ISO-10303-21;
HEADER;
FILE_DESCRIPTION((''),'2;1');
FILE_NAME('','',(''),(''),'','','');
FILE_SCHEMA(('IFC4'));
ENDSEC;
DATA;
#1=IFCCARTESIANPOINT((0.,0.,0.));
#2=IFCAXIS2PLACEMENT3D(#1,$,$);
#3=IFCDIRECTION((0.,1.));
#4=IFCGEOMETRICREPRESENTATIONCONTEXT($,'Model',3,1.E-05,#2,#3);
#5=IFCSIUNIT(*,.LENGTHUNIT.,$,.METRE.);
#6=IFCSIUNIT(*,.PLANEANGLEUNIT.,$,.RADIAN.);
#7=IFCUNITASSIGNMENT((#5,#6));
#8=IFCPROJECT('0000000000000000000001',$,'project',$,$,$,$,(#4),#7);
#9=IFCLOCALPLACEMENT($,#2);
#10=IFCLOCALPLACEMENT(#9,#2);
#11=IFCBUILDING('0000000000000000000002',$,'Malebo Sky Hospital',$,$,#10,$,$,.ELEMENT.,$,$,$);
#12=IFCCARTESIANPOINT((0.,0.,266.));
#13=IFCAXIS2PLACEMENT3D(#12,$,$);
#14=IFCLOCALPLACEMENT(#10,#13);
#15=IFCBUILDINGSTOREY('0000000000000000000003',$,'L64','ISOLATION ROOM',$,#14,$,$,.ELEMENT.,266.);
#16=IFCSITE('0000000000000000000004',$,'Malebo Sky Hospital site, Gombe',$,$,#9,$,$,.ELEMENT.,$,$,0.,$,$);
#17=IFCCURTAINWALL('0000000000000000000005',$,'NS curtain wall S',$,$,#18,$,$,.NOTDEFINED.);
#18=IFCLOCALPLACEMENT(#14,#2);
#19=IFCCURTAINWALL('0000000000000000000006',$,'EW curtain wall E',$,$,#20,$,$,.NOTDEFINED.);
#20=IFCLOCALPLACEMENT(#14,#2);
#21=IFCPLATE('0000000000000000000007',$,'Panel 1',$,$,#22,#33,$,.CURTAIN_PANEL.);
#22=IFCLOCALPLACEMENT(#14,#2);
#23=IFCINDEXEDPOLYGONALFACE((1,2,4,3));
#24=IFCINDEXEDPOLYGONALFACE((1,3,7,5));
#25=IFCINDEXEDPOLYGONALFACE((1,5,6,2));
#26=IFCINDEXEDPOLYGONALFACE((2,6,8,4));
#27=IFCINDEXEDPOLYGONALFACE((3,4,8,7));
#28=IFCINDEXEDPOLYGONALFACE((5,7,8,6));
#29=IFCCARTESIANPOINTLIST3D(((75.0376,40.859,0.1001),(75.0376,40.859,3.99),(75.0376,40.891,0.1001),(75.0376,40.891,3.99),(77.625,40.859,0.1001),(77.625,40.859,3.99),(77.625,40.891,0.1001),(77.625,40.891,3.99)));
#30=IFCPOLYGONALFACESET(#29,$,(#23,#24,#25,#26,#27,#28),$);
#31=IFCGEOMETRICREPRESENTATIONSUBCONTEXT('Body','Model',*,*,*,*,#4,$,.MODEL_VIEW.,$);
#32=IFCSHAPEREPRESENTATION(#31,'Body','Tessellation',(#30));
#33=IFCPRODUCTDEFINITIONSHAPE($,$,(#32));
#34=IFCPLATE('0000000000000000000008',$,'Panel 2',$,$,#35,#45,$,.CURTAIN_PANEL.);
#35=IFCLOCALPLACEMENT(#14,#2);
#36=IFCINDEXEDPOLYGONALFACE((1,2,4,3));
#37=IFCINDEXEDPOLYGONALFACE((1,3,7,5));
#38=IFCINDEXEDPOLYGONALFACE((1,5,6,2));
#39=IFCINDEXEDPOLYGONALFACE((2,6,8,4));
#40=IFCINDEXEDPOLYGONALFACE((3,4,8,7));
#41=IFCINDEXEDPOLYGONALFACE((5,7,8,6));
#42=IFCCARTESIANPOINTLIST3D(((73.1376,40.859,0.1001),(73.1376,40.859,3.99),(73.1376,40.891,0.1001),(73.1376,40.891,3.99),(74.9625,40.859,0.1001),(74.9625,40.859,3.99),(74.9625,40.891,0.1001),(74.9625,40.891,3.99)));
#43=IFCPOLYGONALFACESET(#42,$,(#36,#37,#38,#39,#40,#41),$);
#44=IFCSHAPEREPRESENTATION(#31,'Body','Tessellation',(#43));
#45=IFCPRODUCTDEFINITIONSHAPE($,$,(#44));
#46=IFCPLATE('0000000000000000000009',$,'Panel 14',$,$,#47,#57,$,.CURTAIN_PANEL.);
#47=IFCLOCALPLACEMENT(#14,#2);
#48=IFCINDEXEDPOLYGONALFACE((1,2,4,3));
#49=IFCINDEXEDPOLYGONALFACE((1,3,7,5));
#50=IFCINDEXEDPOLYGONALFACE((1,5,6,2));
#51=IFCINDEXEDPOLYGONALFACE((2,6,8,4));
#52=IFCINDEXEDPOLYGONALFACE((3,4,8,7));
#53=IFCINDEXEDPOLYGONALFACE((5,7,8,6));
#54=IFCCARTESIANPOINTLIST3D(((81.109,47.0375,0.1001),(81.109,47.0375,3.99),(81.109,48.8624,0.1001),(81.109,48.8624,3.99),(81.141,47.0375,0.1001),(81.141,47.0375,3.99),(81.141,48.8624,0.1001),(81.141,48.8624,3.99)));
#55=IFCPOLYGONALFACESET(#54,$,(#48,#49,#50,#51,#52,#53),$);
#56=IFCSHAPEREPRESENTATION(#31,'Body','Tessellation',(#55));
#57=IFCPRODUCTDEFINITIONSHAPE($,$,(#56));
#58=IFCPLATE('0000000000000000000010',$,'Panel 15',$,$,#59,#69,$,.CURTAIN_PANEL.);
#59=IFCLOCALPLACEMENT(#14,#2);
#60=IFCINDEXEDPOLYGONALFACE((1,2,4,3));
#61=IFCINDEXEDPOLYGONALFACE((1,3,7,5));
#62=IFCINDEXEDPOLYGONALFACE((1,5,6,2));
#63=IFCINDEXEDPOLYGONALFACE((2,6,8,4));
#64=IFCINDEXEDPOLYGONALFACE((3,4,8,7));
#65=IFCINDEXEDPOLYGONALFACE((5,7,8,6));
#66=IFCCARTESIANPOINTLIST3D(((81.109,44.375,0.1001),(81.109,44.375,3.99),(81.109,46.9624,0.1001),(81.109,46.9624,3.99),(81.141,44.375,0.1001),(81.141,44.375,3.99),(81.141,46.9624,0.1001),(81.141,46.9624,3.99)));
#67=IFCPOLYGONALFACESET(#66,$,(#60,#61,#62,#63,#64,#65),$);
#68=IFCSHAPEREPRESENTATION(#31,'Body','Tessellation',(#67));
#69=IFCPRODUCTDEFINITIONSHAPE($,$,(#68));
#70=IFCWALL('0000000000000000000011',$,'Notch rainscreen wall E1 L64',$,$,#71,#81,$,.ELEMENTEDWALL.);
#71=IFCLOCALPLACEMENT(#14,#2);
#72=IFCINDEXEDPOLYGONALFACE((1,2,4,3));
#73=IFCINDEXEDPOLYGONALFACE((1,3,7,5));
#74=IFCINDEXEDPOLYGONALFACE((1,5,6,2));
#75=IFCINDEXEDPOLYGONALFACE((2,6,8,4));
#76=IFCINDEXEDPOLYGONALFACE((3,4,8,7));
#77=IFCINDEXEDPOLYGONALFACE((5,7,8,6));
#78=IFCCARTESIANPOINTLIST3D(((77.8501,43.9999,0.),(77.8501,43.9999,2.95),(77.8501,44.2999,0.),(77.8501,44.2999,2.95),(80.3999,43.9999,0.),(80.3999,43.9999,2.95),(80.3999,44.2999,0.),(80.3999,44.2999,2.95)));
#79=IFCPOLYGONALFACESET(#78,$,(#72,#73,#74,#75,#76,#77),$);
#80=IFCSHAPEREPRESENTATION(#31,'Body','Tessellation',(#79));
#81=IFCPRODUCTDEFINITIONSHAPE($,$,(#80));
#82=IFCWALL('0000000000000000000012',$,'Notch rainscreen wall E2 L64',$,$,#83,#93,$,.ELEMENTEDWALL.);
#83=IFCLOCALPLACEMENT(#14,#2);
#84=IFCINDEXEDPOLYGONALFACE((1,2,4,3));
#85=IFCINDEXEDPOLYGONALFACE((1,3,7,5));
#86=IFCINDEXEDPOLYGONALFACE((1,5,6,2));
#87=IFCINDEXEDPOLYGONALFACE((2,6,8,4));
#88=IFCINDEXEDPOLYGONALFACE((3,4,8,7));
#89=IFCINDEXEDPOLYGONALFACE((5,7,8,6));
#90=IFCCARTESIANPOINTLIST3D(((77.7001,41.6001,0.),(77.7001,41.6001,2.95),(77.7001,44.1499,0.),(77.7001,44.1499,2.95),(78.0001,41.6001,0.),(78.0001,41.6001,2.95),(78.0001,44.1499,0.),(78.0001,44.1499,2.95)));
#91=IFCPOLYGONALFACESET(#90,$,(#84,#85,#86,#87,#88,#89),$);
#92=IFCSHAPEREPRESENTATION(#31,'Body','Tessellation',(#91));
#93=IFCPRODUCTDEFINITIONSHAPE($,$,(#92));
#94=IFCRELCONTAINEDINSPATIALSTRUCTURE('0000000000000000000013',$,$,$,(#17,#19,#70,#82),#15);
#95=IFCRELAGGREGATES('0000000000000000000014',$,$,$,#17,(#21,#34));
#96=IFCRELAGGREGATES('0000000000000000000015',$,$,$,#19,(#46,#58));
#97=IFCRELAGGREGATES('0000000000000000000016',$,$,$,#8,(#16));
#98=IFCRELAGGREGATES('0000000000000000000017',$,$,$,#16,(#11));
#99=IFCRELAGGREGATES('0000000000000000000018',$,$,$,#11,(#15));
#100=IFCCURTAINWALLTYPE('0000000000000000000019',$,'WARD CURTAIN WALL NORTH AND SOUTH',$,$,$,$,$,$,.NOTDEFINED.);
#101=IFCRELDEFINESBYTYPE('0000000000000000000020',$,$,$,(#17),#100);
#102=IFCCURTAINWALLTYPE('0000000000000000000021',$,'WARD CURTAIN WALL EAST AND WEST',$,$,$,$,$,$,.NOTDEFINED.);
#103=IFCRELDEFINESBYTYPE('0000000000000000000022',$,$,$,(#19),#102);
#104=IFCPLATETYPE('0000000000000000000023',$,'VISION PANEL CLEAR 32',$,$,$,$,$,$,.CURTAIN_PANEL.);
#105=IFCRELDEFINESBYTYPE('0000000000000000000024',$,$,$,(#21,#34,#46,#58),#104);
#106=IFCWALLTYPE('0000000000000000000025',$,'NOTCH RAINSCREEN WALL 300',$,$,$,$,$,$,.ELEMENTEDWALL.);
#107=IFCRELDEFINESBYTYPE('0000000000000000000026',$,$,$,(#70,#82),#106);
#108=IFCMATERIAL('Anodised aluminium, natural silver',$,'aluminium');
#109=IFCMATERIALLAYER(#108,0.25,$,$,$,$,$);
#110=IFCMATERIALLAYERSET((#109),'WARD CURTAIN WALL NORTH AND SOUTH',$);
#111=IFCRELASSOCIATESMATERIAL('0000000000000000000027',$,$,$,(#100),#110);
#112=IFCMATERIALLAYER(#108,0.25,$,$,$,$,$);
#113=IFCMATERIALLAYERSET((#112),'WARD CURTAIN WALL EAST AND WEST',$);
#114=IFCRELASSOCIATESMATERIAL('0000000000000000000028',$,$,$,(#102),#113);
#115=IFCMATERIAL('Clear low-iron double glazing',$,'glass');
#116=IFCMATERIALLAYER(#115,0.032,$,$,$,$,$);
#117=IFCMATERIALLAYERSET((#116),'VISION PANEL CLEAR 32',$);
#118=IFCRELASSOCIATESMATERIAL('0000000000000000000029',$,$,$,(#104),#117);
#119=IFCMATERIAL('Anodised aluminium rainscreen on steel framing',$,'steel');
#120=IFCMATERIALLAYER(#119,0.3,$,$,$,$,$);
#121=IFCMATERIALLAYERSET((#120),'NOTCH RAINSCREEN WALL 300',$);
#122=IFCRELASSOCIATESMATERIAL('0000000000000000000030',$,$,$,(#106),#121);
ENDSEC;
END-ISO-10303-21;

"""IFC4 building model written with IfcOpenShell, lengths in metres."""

from ifc_helpers import new_model, si_unit, direction, frame, frame_2d, origin, origin_2d, place, context, subcontext, project, spatial, rectangle, extrude, material, layer, layer_set, type_object, element, aggregate, save


model = new_model("IFC4")

# Units and contexts
model_context = context("Model", 3, precision=1e-05, world=origin(), true_north=direction((0.0, 1.0)))
body_context = subcontext(model_context, "Body", "Model", "MODEL_VIEW")
ifc_project = project(units=[si_unit("LENGTHUNIT", "METRE"), si_unit("PLANEANGLEUNIT", "RADIAN")], contexts=[model_context])

# Site, building, storey
site_placement = place(None, origin())
site = spatial("IfcSite", under=ifc_project, at=site_placement, Name="Malebo Sky Hospital site, Gombe", CompositionType="ELEMENT", RefElevation=0.0)
building_placement = place(site_placement, origin())
building = spatial("IfcBuilding", under=site, at=building_placement, Name="Malebo Sky Hospital", CompositionType="ELEMENT")
storey_placement = place(building_placement, frame((0.0, 0.0, 266.0)))
storey = spatial("IfcBuildingStorey", under=building, at=storey_placement, Name="L64", Description="ISOLATION ROOM", CompositionType="ELEMENT", Elevation=266.0)

# Curtain wall
ifc_material_1 = material(Name="Anodised aluminium, natural silver", Category="aluminium")
ifc_layer_1 = layer(ifc_material_1, 0.25)
ifc_layer_set_1 = layer_set([ifc_layer_1], Name="WARD CURTAIN WALL NORTH AND SOUTH")
curtain_wall_type_1 = type_object("IfcCurtainWallType", Name="WARD CURTAIN WALL NORTH AND SOUTH", PredefinedType="NOTDEFINED", material=ifc_layer_set_1)
curtain_wall_1_placement = place(storey_placement, origin())
curtain_wall_1 = element("IfcCurtainWall", 1, at=curtain_wall_1_placement, inside=storey, type_object=curtain_wall_type_1, Name="NS curtain wall S", PredefinedType="NOTDEFINED")

# Curtain wall
ifc_layer_2 = layer(ifc_material_1, 0.25)
ifc_layer_set_2 = layer_set([ifc_layer_2], Name="WARD CURTAIN WALL EAST AND WEST")
curtain_wall_type_2 = type_object("IfcCurtainWallType", Name="WARD CURTAIN WALL EAST AND WEST", PredefinedType="NOTDEFINED", material=ifc_layer_set_2)
curtain_wall_2_placement = place(storey_placement, origin())
curtain_wall_2 = element("IfcCurtainWall", 2, at=curtain_wall_2_placement, inside=storey, type_object=curtain_wall_type_2, Name="EW curtain wall E", PredefinedType="NOTDEFINED")

# Plates
ifc_material_2 = material(Name="Clear low-iron double glazing", Category="glass")
ifc_layer_3 = layer(ifc_material_2, 0.032)
ifc_layer_set_3 = layer_set([ifc_layer_3], Name="VISION PANEL CLEAR 32")
plate_type = type_object("IfcPlateType", Name="VISION PANEL CLEAR 32", PredefinedType="CURTAIN_PANEL", material=ifc_layer_set_3)
plate_1_placement = place(storey_placement, frame((76.3313, 40.875, 0.1001), z_axis=(0.0, 0.0, 1.0), x_axis=(-1.0, 0.0, 0.0)))
plate_1 = element("IfcPlate", 3, at=plate_1_placement, type_object=plate_type, Name="Panel 1", PredefinedType="CURTAIN_PANEL", context=body_context, shape_type="SweptSolid", body=[
    extrude(rectangle(XDim=2.5874, YDim=0.032, at=origin_2d()), origin(), (0.0, 0.0, 1.0), 3.8899),
])
plate_2_placement = place(storey_placement, frame((74.05, 40.875, 0.1001), z_axis=(0.0, 0.0, 1.0), x_axis=(-1.0, 0.0, 0.0)))
plate_2 = element("IfcPlate", 4, at=plate_2_placement, type_object=plate_type, Name="Panel 2", PredefinedType="CURTAIN_PANEL", context=body_context, shape_type="SweptSolid", body=[
    extrude(rectangle(XDim=1.825, YDim=0.032, at=origin_2d()), origin(), (0.0, 0.0, 1.0), 3.8899),
])
aggregate(curtain_wall_1, [plate_1, plate_2])
plate_3_placement = place(storey_placement, frame((81.125, 47.95, 0.1001), z_axis=(0.0, 0.0, 1.0), x_axis=(0.0, -1.0, 0.0)))
plate_3 = element("IfcPlate", 5, at=plate_3_placement, type_object=plate_type, Name="Panel 14", PredefinedType="CURTAIN_PANEL", context=body_context, shape_type="SweptSolid", body=[
    extrude(rectangle(XDim=1.825, YDim=0.032, at=origin_2d()), origin(), (0.0, 0.0, 1.0), 3.8899),
])
plate_4_placement = place(storey_placement, frame((81.125, 45.6687, 0.1001), z_axis=(0.0, 0.0, 1.0), x_axis=(0.0, -1.0, 0.0)))
plate_4 = element("IfcPlate", 6, at=plate_4_placement, type_object=plate_type, Name="Panel 15", PredefinedType="CURTAIN_PANEL", context=body_context, shape_type="SweptSolid", body=[
    extrude(rectangle(XDim=2.5874, YDim=0.032, at=origin_2d()), origin(), (0.0, 0.0, 1.0), 3.8899),
])
aggregate(curtain_wall_2, [plate_3, plate_4])

# Walls
ifc_material_3 = material(Name="Anodised aluminium rainscreen on steel framing", Category="steel")
ifc_layer_4 = layer(ifc_material_3, 0.3)
ifc_layer_set_4 = layer_set([ifc_layer_4], Name="NOTCH RAINSCREEN WALL 300")
wall_type = type_object("IfcWallType", Name="NOTCH RAINSCREEN WALL 300", PredefinedType="ELEMENTEDWALL", material=ifc_layer_set_4)
for number, where, z_axis, x_axis, name in (
    (7, (80.3999, 44.1499, 0.0), (0.0, 0.0, 1.0), (-1.0, 0.0, 0.0), "Notch rainscreen wall E1 L64"),
    (8, (77.8501, 44.1499, 0.0), (0.0, 0.0, 1.0), (0.0, -1.0, 0.0), "Notch rainscreen wall E2 L64"),
):
    element("IfcWall", number, at=place(storey_placement, frame(where, z_axis=z_axis, x_axis=x_axis)), inside=storey, type_object=wall_type, Name=name, PredefinedType="ELEMENTEDWALL", context=body_context, shape_type="SweptSolid", body=[
        extrude(rectangle(XDim=2.5498, YDim=0.3, at=frame_2d((1.2749, 0.0))), origin(), (0.0, 0.0, 1.0), 2.95),
    ])

save(model, "model.ifc")
